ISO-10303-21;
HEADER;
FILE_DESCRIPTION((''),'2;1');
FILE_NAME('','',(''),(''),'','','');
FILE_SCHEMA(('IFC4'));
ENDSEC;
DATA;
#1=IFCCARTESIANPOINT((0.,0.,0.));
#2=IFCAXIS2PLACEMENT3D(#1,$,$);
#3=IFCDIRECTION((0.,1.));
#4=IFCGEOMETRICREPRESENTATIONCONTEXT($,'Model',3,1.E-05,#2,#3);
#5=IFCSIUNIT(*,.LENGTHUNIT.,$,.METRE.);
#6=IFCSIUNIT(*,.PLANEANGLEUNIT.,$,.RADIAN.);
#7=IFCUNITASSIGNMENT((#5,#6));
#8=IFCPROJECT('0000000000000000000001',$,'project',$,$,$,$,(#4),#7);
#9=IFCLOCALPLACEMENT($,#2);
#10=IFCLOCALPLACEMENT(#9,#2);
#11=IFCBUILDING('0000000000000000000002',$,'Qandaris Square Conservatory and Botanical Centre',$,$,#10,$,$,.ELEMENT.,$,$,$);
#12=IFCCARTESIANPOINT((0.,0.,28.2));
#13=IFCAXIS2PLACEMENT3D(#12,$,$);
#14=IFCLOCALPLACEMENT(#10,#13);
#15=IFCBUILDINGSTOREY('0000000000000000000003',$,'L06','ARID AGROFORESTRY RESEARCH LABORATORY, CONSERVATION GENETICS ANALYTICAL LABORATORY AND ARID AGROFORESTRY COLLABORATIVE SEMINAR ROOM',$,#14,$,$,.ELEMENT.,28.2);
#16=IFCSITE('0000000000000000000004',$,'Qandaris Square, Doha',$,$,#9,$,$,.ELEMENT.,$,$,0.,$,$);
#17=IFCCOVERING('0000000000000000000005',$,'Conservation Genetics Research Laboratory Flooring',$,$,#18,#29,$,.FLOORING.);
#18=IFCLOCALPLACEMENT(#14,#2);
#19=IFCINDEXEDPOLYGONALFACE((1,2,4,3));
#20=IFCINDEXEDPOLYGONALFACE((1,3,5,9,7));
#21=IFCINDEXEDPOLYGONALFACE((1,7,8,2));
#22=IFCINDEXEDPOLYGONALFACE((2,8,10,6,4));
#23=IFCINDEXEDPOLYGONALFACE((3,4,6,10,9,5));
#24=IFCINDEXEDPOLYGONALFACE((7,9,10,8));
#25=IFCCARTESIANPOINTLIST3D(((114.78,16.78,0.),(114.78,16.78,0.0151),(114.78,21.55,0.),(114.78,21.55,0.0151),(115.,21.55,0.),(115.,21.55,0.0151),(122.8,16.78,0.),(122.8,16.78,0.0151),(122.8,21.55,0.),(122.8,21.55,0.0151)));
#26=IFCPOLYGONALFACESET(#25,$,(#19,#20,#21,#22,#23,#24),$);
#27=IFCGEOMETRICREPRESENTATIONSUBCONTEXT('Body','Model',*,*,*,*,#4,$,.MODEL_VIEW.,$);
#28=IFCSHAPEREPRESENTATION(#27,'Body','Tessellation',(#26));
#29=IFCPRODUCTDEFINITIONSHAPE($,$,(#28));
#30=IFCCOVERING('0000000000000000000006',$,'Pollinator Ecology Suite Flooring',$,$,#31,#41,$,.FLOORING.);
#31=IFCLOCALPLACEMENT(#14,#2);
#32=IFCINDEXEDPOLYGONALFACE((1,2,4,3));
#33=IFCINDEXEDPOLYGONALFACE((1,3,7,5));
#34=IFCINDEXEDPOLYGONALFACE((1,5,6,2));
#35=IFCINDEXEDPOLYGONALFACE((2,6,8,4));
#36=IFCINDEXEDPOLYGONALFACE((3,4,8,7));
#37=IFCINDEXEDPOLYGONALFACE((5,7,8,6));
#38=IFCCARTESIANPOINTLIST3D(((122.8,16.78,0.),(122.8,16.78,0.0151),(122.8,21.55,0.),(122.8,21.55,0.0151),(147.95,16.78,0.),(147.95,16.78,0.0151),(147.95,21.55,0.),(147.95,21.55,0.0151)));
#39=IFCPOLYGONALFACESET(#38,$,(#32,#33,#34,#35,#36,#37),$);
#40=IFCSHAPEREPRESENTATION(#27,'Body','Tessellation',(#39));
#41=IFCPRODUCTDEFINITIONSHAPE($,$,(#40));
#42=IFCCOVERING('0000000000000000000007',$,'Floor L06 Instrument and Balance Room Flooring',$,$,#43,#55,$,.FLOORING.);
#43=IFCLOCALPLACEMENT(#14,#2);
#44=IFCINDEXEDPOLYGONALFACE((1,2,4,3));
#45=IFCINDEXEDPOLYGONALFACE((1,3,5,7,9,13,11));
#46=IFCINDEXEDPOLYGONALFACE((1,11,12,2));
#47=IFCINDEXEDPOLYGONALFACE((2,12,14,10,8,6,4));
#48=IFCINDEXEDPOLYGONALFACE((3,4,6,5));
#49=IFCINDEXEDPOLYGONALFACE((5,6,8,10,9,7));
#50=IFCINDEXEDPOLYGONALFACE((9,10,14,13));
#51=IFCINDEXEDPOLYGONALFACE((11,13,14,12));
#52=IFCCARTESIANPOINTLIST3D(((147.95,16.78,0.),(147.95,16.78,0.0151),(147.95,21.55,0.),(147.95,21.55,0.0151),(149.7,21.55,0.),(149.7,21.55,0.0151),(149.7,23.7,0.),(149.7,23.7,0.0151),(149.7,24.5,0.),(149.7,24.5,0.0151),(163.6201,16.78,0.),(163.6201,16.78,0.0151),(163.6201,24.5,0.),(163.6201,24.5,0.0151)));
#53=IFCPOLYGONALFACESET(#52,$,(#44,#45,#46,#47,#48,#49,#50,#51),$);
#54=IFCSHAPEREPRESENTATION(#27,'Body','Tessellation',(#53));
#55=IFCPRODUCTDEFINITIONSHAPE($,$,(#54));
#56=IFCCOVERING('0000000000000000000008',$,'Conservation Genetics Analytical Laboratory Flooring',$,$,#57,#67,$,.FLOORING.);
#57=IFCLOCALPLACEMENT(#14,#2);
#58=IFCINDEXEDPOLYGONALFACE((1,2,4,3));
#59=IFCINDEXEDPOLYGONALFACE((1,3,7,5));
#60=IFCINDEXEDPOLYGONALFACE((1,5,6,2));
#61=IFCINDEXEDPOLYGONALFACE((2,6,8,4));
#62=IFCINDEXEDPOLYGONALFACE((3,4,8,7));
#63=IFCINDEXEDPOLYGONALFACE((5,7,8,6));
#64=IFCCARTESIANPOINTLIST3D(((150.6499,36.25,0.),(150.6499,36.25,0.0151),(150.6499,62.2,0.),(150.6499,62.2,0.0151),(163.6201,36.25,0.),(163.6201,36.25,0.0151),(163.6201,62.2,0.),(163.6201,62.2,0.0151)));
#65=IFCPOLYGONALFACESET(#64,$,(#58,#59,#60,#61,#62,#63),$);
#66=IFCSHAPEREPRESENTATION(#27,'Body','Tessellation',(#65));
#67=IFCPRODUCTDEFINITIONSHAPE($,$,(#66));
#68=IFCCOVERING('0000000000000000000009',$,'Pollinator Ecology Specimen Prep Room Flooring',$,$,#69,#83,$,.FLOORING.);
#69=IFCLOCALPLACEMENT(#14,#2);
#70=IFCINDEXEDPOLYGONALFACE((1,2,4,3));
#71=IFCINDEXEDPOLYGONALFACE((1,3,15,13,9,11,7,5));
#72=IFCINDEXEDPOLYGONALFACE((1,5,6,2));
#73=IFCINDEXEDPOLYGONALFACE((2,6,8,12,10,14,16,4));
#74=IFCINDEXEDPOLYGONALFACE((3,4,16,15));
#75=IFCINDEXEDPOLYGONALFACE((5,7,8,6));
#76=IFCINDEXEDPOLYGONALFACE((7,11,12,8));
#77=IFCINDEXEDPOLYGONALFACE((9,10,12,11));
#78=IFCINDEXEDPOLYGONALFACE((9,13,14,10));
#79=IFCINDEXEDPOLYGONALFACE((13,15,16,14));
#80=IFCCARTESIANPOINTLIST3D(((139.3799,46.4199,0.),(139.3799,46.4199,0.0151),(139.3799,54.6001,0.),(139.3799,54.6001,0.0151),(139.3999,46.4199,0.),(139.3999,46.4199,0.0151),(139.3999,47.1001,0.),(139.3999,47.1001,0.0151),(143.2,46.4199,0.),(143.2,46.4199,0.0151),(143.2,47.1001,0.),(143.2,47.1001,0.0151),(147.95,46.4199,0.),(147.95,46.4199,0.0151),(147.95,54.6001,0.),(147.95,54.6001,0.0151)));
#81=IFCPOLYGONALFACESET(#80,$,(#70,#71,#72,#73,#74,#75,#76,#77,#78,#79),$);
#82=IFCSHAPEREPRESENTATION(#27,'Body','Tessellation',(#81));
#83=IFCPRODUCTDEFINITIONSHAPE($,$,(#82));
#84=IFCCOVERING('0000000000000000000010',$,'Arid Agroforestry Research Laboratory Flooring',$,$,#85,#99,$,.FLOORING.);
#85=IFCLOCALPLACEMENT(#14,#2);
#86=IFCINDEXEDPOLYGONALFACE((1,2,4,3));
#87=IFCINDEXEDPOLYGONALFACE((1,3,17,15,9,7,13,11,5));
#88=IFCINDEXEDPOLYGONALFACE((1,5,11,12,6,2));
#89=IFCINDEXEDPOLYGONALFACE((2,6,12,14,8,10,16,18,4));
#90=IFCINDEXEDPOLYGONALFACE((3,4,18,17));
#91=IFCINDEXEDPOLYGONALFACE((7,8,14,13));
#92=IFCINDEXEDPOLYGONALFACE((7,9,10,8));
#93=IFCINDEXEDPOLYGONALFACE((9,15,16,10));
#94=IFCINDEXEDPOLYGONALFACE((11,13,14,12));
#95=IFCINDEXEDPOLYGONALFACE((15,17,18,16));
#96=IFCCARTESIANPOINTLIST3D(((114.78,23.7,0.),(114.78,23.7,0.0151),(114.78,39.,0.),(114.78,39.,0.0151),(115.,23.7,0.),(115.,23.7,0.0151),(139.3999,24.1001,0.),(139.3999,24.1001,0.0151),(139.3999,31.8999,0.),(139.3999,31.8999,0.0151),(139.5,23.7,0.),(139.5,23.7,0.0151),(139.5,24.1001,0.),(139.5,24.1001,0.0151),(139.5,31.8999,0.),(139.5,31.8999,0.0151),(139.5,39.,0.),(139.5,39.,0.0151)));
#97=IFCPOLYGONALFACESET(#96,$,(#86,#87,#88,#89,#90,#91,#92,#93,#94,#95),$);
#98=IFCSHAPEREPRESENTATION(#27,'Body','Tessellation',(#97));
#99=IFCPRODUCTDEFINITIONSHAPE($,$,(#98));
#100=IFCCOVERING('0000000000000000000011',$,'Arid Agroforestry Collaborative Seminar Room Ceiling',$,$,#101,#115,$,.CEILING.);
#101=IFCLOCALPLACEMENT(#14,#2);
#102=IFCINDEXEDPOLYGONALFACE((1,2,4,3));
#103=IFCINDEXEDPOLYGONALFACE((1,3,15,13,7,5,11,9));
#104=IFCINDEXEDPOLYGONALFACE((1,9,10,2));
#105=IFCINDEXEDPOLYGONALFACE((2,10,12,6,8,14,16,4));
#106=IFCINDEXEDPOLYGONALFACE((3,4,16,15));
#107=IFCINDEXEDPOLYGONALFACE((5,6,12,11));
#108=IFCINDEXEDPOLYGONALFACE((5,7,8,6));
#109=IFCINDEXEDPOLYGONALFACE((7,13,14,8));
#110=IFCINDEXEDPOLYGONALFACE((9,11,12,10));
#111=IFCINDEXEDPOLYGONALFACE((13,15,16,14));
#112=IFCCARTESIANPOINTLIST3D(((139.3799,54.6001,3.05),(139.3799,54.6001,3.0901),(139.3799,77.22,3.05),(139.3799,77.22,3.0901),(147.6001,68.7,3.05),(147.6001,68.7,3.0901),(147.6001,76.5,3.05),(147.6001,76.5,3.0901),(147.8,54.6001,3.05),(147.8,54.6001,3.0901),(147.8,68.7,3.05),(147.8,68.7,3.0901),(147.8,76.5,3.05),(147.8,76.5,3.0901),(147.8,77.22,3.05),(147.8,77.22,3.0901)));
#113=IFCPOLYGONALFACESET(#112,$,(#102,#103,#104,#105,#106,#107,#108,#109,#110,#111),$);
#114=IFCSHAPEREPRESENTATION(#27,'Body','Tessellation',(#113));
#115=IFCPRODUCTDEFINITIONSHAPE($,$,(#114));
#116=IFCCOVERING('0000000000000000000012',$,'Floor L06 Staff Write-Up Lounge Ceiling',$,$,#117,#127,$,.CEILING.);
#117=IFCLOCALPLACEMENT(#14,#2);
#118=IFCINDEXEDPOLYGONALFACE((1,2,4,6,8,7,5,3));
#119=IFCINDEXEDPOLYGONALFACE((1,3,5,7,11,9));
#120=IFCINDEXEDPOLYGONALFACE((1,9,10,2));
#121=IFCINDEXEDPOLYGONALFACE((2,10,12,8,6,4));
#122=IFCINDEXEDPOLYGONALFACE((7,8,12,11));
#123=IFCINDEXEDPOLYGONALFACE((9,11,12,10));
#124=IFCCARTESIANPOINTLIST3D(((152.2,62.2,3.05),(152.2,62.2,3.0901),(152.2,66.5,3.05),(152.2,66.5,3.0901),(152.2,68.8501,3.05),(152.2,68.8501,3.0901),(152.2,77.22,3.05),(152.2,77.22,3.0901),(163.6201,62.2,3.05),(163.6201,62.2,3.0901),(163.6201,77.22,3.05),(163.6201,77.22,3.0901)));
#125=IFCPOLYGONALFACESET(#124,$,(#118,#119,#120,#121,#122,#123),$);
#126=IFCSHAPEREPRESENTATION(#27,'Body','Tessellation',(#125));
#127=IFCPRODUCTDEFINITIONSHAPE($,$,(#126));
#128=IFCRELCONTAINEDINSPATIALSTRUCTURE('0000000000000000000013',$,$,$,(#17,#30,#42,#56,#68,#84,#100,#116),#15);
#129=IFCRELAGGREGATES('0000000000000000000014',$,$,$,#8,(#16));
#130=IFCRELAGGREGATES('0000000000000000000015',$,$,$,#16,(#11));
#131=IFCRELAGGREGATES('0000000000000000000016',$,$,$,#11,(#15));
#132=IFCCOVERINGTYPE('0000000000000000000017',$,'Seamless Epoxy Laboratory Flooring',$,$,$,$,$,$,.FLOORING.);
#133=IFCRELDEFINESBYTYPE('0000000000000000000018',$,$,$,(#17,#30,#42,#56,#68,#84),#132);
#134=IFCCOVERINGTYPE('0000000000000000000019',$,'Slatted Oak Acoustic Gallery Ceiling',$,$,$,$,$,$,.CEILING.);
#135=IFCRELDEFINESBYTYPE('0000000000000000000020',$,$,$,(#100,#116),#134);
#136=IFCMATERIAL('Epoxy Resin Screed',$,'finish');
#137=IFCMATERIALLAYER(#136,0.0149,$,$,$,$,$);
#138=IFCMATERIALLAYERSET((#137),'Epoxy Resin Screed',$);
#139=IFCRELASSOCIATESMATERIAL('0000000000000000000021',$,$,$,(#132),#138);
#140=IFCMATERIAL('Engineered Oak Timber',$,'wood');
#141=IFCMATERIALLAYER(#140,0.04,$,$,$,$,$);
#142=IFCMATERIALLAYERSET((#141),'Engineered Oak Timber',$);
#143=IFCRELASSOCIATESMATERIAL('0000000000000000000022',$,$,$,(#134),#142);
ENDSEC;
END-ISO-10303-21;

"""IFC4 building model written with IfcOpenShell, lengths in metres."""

from ifc_helpers import new_model, si_unit, direction, frame, origin, place, context, subcontext, project, spatial, polyline, outline, extrude, material, layer, layer_set, type_object, element, save


model = new_model("IFC4")

# Units and contexts
model_context = context("Model", 3, precision=1e-05, world=origin(), true_north=direction((0.0, 1.0)))
body_context = subcontext(model_context, "Body", "Model", "MODEL_VIEW")
ifc_project = project(units=[si_unit("LENGTHUNIT", "METRE"), si_unit("PLANEANGLEUNIT", "RADIAN")], contexts=[model_context])

# Site, building, storey
site_placement = place(None, origin())
site = spatial("IfcSite", under=ifc_project, at=site_placement, Name="Qandaris Square, Doha", CompositionType="ELEMENT", RefElevation=0.0)
building_placement = place(site_placement, origin())
building = spatial("IfcBuilding", under=site, at=building_placement, Name="Qandaris Square Conservatory and Botanical Centre", CompositionType="ELEMENT")
storey_placement = place(building_placement, frame((0.0, 0.0, 28.2)))
storey = spatial("IfcBuildingStorey", under=building, at=storey_placement, Name="L06", Description="ARID AGROFORESTRY RESEARCH LABORATORY, CONSERVATION GENETICS ANALYTICAL LABORATORY AND ARID AGROFORESTRY COLLABORATIVE SEMINAR ROOM", CompositionType="ELEMENT", Elevation=28.2)

# Coverings
ifc_material_1 = material(Name="Epoxy Resin Screed", Category="finish")
ifc_layer_1 = layer(ifc_material_1, 0.0149)
ifc_layer_set_1 = layer_set([ifc_layer_1], Name="Epoxy Resin Screed")
covering_type_1 = type_object("IfcCoveringType", Name="Seamless Epoxy Laboratory Flooring", PredefinedType="FLOORING", material=ifc_layer_set_1)
covering_1_placement = place(storey_placement, origin())
element("IfcCovering", 1, at=covering_1_placement, inside=storey, type_object=covering_type_1, Name="Conservation Genetics Research Laboratory Flooring", PredefinedType="FLOORING", context=body_context, shape_type="SweptSolid", body=[
    extrude(outline(polyline([(115.0, 21.55), (122.8, 21.55), (122.8, 16.78), (114.78, 16.78), (114.78, 21.55), (115.0, 21.55)])), origin(), (0.0, 0.0, 1.0), 0.0151),
])
covering_2_placement = place(storey_placement, origin())
element("IfcCovering", 2, at=covering_2_placement, inside=storey, type_object=covering_type_1, Name="Pollinator Ecology Suite Flooring", PredefinedType="FLOORING", context=body_context, shape_type="SweptSolid", body=[
    extrude(outline(polyline([(147.95, 21.55), (147.95, 16.78), (122.8, 16.78), (122.8, 21.55), (147.95, 21.55)])), origin(), (0.0, 0.0, 1.0), 0.0151),
])
covering_3_placement = place(storey_placement, origin())
element("IfcCovering", 3, at=covering_3_placement, inside=storey, type_object=covering_type_1, Name="Floor L06 Instrument and Balance Room Flooring", PredefinedType="FLOORING", context=body_context, shape_type="SweptSolid", body=[
    extrude(outline(polyline([(147.95, 21.55), (149.7, 21.55), (149.7, 23.7), (149.7, 24.5), (163.6201, 24.5), (163.6201, 16.78), (147.95, 16.78), (147.95, 21.55)])), origin(), (0.0, 0.0, 1.0), 0.0151),
])
covering_4_placement = place(storey_placement, origin())
element("IfcCovering", 4, at=covering_4_placement, inside=storey, type_object=covering_type_1, Name="Conservation Genetics Analytical Laboratory Flooring", PredefinedType="FLOORING", context=body_context, shape_type="SweptSolid", body=[
    extrude(outline(polyline([(150.6499, 62.2), (163.6201, 62.2), (163.6201, 36.25), (150.6499, 36.25), (150.6499, 62.2)])), origin(), (0.0, 0.0, 1.0), 0.0151),
])
covering_5_placement = place(storey_placement, origin())
element("IfcCovering", 5, at=covering_5_placement, inside=storey, type_object=covering_type_1, Name="Pollinator Ecology Specimen Prep Room Flooring", PredefinedType="FLOORING", context=body_context, shape_type="SweptSolid", body=[
    extrude(outline(polyline([(147.95, 46.4199), (143.2, 46.4199), (143.2, 47.1001), (139.3999, 47.1001), (139.3999, 46.4199), (139.3799, 46.4199), (139.3799, 54.6001), (147.95, 54.6001), (147.95, 46.4199)])), origin(), (0.0, 0.0, 1.0), 0.0151),
])
covering_6_placement = place(storey_placement, origin())
element("IfcCovering", 6, at=covering_6_placement, inside=storey, type_object=covering_type_1, Name="Arid Agroforestry Research Laboratory Flooring", PredefinedType="FLOORING", context=body_context, shape_type="SweptSolid", body=[
    extrude(outline(polyline([(139.5, 31.8999), (139.3999, 31.8999), (139.3999, 24.1001), (139.5, 24.1001), (139.5, 23.7), (115.0, 23.7), (114.78, 23.7), (114.78, 39.0), (139.5, 39.0), (139.5, 31.8999)])), origin(), (0.0, 0.0, 1.0), 0.0151),
])
ifc_material_2 = material(Name="Engineered Oak Timber", Category="wood")
ifc_layer_2 = layer(ifc_material_2, 0.04)
ifc_layer_set_2 = layer_set([ifc_layer_2], Name="Engineered Oak Timber")
covering_type_2 = type_object("IfcCoveringType", Name="Slatted Oak Acoustic Gallery Ceiling", PredefinedType="CEILING", material=ifc_layer_set_2)
covering_7_placement = place(storey_placement, frame((0.0, 0.0, 3.05)))
element("IfcCovering", 7, at=covering_7_placement, inside=storey, type_object=covering_type_2, Name="Arid Agroforestry Collaborative Seminar Room Ceiling", PredefinedType="CEILING", context=body_context, shape_type="SweptSolid", body=[
    extrude(outline(polyline([(147.8, 76.5), (147.6001, 76.5), (147.6001, 68.7), (147.8, 68.7), (147.8, 54.6001), (139.3799, 54.6001), (139.3799, 77.22), (147.8, 77.22), (147.8, 76.5)])), origin(), (0.0, 0.0, 1.0), 0.04),
])
covering_8_placement = place(storey_placement, frame((0.0, 0.0, 3.05)))
element("IfcCovering", 8, at=covering_8_placement, inside=storey, type_object=covering_type_2, Name="Floor L06 Staff Write-Up Lounge Ceiling", PredefinedType="CEILING", context=body_context, shape_type="SweptSolid", body=[
    extrude(outline(polyline([(152.2, 62.2), (152.2, 66.5), (152.2, 68.8501), (152.2, 77.22), (163.6201, 77.22), (163.6201, 62.2), (152.2, 62.2)])), origin(), (0.0, 0.0, 1.0), 0.04),
])

save(model, "model.ifc")
